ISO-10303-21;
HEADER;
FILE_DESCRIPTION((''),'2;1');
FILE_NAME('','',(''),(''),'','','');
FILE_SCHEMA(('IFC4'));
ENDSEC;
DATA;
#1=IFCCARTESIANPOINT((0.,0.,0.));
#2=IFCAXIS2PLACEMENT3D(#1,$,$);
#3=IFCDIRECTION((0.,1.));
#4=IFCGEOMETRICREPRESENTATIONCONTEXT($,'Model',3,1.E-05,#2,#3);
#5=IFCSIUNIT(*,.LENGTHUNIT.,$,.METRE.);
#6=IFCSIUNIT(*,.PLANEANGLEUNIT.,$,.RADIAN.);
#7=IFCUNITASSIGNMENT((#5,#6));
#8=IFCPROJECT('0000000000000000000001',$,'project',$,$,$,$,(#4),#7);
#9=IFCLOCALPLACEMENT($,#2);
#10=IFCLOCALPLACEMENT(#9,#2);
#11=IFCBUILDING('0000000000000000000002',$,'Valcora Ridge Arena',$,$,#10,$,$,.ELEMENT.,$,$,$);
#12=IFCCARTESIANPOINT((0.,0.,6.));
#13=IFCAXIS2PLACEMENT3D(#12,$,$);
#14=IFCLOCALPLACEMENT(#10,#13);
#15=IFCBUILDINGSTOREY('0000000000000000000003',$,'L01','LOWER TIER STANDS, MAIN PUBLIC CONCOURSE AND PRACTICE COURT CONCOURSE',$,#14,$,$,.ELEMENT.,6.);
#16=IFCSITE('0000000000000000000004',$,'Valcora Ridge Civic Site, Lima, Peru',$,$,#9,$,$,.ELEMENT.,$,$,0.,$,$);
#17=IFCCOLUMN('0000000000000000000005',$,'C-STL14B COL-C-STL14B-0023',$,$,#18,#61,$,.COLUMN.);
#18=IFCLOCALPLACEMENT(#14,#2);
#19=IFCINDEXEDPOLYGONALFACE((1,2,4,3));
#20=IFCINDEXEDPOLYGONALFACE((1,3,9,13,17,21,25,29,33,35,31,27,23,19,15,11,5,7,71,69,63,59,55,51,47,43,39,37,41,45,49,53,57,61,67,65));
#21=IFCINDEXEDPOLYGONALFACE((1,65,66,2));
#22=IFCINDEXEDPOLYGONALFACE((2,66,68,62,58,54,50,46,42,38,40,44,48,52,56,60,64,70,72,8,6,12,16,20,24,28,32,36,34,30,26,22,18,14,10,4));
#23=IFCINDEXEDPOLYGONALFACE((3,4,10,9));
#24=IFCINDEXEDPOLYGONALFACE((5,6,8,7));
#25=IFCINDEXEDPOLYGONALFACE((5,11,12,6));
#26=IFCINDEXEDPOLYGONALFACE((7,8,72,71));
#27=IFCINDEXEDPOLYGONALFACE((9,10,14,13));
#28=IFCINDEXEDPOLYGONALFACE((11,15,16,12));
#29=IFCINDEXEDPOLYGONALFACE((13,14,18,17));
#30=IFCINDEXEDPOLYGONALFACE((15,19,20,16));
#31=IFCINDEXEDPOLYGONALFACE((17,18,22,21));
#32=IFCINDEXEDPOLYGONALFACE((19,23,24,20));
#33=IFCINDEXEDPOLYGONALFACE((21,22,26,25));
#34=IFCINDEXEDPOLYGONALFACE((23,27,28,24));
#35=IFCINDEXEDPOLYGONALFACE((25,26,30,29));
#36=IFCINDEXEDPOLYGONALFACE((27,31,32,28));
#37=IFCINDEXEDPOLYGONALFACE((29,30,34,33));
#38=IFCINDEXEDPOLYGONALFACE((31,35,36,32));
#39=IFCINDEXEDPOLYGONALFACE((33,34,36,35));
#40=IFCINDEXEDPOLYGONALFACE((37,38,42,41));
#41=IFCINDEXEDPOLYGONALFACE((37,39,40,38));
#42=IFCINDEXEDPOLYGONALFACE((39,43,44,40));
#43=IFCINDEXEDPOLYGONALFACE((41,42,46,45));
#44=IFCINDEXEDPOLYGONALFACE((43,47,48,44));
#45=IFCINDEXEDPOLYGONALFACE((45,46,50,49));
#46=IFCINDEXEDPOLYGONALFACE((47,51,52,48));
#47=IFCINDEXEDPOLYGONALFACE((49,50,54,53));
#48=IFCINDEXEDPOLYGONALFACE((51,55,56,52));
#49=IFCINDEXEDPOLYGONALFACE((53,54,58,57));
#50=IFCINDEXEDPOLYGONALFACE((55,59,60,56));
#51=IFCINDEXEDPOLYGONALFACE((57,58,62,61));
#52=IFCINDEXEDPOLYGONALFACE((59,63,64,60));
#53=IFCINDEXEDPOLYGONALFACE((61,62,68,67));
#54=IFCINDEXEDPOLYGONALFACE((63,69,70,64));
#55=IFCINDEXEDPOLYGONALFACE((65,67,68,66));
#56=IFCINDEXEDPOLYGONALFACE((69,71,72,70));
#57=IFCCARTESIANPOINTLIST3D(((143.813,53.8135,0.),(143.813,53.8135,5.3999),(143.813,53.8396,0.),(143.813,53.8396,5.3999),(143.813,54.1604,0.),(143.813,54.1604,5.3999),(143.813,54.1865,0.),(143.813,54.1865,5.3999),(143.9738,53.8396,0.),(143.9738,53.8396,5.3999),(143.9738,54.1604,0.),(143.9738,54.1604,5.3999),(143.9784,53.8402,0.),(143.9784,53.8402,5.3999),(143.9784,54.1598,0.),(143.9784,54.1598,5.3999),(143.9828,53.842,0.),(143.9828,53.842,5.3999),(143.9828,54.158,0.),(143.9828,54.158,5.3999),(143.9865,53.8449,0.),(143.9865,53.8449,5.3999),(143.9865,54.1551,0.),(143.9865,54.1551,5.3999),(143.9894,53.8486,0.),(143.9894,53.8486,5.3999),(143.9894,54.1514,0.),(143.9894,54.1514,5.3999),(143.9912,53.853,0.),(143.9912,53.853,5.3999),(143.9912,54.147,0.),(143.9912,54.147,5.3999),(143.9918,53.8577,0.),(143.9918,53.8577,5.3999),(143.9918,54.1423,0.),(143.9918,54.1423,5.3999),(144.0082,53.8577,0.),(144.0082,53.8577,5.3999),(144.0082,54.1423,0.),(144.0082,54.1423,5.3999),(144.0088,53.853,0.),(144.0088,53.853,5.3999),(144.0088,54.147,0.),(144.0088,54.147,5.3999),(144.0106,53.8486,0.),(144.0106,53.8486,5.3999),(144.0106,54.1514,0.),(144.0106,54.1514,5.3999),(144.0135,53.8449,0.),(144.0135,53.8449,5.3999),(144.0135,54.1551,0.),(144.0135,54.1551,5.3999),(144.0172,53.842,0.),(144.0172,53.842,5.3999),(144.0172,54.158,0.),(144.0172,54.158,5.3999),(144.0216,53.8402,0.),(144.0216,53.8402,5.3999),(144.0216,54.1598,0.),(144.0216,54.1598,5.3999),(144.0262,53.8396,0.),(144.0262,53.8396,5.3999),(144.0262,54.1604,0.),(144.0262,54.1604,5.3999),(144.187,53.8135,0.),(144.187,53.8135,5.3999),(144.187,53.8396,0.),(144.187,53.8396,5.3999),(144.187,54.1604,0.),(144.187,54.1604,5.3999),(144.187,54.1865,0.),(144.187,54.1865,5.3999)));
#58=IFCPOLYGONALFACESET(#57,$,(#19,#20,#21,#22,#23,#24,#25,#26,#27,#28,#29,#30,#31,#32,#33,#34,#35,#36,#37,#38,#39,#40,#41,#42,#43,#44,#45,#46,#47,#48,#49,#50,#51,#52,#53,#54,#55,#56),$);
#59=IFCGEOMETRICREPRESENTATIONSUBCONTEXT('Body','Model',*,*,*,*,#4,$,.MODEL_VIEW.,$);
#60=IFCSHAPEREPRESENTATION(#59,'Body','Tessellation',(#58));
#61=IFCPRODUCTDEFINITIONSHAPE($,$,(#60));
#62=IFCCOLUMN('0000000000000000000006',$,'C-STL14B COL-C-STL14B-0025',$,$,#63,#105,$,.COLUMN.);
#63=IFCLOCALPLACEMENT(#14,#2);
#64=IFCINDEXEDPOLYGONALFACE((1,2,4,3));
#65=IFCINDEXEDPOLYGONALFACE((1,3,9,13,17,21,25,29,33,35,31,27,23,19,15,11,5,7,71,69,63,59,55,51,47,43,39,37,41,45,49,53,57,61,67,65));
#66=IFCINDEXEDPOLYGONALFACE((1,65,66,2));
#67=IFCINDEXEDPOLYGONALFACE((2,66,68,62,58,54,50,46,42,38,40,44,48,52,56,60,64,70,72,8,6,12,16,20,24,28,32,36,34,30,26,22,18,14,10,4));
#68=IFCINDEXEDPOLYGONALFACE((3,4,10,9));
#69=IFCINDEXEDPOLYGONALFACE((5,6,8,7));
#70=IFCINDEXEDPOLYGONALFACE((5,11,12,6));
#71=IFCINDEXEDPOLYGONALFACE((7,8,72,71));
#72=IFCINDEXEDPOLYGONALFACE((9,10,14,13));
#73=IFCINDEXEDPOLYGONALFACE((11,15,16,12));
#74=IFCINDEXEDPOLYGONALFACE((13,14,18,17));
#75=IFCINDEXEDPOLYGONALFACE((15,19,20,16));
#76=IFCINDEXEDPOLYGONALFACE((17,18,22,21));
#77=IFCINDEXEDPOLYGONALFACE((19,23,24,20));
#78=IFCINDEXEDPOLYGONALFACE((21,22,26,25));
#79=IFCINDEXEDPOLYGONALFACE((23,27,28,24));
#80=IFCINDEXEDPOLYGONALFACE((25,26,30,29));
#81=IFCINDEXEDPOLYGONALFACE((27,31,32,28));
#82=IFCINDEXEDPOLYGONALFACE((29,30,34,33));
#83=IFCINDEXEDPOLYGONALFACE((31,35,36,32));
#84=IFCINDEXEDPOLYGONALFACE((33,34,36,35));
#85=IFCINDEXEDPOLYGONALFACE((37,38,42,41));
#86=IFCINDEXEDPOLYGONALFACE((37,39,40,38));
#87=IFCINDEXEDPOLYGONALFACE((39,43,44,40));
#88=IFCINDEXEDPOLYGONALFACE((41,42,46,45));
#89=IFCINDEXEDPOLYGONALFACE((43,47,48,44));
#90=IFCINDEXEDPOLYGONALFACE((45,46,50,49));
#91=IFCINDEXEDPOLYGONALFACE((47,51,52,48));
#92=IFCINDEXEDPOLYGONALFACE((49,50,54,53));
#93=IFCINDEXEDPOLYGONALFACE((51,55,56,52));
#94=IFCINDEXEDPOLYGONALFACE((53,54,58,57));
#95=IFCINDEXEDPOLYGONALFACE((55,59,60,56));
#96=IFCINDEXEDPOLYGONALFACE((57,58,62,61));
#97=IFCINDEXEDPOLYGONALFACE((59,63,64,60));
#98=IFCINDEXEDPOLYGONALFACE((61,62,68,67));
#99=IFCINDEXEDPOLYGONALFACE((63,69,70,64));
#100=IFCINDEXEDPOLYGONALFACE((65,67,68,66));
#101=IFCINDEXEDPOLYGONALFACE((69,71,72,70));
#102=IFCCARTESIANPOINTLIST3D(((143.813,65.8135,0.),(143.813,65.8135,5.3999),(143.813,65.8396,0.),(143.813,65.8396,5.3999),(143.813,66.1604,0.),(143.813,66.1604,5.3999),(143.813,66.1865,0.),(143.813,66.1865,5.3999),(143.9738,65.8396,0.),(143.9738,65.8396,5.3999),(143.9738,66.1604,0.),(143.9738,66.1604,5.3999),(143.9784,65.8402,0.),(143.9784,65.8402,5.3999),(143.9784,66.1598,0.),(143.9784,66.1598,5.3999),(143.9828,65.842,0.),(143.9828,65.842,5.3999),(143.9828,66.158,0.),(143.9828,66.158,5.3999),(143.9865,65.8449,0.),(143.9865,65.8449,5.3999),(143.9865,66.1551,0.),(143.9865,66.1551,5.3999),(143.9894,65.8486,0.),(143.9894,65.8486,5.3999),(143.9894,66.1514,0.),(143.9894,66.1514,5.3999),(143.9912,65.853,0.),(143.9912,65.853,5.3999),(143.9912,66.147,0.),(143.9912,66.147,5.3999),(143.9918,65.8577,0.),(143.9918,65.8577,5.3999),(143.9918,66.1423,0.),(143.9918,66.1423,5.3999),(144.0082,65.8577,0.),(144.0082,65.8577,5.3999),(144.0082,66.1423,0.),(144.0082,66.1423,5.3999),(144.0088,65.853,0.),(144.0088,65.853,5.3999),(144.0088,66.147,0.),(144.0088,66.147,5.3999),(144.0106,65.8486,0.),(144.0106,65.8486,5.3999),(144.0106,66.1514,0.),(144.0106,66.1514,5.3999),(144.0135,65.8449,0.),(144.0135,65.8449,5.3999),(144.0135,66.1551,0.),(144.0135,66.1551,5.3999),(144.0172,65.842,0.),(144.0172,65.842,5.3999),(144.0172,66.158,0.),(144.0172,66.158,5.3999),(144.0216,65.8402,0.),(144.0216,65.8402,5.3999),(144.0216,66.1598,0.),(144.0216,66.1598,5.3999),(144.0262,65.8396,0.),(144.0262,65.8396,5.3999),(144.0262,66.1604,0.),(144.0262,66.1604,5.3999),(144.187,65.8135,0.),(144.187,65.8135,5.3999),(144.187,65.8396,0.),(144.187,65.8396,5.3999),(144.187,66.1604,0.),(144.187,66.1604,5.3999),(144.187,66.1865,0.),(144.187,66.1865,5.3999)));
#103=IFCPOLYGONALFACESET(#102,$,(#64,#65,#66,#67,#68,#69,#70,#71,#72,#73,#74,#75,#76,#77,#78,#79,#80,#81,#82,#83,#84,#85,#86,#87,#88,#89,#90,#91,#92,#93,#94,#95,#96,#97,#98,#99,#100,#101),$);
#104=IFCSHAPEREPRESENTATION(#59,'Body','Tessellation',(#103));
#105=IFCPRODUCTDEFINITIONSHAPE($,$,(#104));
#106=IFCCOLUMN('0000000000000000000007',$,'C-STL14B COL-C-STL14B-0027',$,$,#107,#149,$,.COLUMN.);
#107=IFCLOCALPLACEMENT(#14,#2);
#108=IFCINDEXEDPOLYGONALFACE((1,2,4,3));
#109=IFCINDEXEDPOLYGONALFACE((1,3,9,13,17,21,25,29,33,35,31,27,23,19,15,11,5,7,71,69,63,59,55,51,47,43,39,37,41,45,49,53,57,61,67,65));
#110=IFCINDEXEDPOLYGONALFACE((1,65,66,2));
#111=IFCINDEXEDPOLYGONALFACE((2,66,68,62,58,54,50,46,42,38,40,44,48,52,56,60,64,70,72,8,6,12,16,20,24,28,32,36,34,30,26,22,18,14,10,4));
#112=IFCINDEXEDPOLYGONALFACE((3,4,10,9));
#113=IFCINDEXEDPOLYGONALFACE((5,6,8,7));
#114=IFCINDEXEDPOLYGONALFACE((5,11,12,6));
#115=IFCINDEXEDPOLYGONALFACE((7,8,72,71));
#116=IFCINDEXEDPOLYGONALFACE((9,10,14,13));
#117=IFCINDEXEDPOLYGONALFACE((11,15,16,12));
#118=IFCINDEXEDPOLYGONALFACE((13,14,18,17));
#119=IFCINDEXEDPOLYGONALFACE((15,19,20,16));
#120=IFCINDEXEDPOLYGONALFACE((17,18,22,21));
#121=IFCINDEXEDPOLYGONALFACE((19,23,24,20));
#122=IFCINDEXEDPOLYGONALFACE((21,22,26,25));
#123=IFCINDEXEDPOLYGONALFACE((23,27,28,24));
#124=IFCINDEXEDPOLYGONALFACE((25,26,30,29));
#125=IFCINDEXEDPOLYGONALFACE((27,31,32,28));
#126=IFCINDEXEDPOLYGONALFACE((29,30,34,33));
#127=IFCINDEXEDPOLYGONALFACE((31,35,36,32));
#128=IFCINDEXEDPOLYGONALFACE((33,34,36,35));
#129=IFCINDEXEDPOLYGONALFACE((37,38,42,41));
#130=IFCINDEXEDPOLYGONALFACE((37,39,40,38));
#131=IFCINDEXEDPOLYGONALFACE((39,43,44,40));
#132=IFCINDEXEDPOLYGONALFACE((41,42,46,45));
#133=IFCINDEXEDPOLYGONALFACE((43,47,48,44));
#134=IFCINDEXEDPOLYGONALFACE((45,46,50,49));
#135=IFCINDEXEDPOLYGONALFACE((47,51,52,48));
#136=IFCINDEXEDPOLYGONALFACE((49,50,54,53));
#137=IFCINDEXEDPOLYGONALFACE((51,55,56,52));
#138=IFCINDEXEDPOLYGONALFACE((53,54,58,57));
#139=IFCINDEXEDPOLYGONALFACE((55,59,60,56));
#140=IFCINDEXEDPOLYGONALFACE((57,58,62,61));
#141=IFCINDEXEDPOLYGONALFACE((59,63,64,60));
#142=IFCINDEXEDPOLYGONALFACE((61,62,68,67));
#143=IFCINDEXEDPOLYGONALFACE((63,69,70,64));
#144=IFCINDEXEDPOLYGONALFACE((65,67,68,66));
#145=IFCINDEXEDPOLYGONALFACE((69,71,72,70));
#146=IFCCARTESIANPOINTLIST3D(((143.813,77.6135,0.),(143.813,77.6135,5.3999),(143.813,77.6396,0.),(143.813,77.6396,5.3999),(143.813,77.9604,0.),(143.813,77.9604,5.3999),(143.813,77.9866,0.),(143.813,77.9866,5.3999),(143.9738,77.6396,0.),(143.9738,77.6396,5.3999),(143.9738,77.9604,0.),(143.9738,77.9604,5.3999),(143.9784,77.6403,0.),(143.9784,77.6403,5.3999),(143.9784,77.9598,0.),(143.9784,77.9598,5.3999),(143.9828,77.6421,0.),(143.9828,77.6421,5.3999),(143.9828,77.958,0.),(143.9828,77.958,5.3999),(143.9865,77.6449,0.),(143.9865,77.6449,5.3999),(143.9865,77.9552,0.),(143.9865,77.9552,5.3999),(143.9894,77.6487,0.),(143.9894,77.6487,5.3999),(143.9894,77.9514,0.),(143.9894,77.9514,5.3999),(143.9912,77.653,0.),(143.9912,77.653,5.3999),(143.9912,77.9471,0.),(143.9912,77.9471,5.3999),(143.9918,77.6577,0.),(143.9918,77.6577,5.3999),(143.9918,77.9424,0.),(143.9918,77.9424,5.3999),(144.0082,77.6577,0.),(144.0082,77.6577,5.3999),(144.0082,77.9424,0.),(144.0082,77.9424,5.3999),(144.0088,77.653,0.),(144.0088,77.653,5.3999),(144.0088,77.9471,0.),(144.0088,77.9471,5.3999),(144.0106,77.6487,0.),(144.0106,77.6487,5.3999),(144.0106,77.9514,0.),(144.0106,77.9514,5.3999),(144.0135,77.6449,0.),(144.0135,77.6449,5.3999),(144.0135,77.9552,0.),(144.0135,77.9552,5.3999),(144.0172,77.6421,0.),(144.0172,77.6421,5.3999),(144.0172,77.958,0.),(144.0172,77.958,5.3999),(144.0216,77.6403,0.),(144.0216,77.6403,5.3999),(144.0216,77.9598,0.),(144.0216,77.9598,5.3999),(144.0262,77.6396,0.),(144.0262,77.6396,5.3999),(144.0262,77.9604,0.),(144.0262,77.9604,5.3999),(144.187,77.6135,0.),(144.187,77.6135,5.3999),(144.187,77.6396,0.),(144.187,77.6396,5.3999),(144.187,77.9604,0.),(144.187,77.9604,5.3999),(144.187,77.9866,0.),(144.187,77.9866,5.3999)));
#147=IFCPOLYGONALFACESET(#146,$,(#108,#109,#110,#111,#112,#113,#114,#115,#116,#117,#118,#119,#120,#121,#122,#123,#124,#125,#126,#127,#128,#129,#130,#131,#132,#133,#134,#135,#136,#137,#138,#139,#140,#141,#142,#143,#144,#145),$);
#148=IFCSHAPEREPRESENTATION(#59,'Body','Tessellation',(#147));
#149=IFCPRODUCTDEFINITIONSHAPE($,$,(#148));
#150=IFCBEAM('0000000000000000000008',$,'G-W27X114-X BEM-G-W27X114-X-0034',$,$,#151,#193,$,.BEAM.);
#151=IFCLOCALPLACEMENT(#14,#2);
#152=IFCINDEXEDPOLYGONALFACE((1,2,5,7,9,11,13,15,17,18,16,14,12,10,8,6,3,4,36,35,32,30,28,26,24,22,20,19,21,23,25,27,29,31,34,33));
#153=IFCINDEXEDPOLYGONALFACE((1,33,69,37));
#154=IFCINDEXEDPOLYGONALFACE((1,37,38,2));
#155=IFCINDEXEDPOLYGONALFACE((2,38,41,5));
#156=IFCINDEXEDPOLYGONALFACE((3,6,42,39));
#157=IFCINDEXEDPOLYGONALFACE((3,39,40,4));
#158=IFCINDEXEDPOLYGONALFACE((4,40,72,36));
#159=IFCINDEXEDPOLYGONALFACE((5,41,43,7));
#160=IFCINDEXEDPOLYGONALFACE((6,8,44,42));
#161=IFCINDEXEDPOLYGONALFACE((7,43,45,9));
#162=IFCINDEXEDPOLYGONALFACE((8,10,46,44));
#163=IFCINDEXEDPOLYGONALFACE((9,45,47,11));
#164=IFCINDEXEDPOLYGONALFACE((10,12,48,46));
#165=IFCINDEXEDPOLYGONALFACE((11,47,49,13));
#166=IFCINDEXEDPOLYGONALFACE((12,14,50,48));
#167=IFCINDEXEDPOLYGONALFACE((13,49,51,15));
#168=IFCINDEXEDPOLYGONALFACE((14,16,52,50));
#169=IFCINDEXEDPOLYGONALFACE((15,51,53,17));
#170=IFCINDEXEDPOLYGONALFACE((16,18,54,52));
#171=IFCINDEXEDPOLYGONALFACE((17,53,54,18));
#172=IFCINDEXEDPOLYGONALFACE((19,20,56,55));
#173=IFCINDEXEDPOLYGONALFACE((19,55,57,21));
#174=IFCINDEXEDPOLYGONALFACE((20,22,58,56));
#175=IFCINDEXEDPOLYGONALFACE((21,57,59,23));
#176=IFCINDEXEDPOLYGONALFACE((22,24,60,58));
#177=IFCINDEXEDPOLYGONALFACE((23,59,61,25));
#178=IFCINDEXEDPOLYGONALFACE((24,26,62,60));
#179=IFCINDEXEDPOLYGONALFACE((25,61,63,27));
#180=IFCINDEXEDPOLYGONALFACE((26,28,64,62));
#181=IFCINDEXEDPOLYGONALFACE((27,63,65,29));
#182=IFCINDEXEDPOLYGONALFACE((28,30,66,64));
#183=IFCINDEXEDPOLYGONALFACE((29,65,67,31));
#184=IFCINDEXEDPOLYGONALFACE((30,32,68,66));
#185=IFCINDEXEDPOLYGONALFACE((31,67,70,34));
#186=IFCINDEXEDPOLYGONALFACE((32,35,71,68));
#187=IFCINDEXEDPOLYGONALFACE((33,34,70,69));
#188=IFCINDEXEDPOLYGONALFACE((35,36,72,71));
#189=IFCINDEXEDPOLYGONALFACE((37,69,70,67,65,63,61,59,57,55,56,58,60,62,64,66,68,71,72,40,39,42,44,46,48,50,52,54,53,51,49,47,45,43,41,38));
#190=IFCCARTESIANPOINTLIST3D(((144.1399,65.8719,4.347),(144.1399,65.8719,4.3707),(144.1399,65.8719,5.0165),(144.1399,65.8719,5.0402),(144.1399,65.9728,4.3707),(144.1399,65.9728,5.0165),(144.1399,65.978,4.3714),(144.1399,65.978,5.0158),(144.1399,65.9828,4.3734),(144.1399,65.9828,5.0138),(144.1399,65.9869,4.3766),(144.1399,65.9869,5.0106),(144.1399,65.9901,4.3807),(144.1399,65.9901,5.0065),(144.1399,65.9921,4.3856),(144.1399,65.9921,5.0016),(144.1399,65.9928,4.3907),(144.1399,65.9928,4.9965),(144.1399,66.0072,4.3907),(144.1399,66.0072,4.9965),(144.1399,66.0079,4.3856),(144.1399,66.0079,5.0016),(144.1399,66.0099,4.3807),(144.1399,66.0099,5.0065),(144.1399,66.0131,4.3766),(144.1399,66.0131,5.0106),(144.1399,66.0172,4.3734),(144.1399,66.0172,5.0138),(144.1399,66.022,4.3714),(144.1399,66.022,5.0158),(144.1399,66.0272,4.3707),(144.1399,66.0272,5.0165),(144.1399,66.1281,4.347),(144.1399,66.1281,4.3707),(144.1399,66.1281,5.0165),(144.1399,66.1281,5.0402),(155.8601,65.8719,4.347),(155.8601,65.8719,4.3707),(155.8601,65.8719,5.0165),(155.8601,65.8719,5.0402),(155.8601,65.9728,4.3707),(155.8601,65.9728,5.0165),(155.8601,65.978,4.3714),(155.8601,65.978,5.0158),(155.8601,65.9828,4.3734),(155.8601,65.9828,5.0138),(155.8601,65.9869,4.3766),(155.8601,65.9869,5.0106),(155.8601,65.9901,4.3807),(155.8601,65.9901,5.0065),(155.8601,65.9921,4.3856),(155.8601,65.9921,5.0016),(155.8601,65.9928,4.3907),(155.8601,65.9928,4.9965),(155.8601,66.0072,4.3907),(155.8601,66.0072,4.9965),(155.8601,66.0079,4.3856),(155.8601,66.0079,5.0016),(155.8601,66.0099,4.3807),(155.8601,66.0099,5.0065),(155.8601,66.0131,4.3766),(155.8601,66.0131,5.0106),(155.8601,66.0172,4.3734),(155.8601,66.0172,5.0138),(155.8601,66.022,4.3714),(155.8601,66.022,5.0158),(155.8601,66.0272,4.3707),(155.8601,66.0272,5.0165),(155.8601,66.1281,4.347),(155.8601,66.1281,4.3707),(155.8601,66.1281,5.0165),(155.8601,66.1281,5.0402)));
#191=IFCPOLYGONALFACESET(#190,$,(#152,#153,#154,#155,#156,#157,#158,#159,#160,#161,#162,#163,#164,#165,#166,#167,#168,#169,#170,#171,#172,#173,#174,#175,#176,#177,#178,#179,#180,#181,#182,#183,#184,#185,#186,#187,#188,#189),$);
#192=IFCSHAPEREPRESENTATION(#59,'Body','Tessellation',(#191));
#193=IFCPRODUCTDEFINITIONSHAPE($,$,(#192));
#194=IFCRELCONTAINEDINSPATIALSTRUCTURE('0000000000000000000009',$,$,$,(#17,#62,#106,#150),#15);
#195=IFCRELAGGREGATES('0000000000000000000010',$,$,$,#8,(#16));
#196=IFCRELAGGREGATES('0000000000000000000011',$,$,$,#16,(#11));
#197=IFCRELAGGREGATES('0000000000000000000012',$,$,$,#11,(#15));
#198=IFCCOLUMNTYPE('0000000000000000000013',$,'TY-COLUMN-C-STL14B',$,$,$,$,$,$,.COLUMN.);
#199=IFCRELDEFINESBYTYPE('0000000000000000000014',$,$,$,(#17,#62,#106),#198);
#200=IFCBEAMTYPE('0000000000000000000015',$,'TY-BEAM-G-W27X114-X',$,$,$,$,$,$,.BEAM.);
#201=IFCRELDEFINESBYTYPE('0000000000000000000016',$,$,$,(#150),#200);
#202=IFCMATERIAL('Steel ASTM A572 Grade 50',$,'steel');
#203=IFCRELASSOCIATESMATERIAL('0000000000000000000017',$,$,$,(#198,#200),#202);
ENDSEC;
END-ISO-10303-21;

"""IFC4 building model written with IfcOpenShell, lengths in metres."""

from ifc_helpers import new_model, si_unit, direction, frame, origin, origin_2d, place, context, subcontext, project, spatial, i_section, extrude, material, material_profile, profile_set, type_object, element, save


model = new_model("IFC4")

# Units and contexts
model_context = context("Model", 3, precision=1e-05, world=origin(), true_north=direction((0.0, 1.0)))
body_context = subcontext(model_context, "Body", "Model", "MODEL_VIEW")
ifc_project = project(units=[si_unit("LENGTHUNIT", "METRE"), si_unit("PLANEANGLEUNIT", "RADIAN")], contexts=[model_context])

# Site, building, storey
site_placement = place(None, origin())
site = spatial("IfcSite", under=ifc_project, at=site_placement, Name="Valcora Ridge Civic Site, Lima, Peru", CompositionType="ELEMENT", RefElevation=0.0)
building_placement = place(site_placement, origin())
building = spatial("IfcBuilding", under=site, at=building_placement, Name="Valcora Ridge Arena", CompositionType="ELEMENT")
storey_placement = place(building_placement, frame((0.0, 0.0, 6.0)))
storey = spatial("IfcBuildingStorey", under=building, at=storey_placement, Name="L01", Description="LOWER TIER STANDS, MAIN PUBLIC CONCOURSE AND PRACTICE COURT CONCOURSE", CompositionType="ELEMENT", Elevation=6.0)

# Columns
ifc_material_1 = material(Name="Steel ASTM A572 Grade 50", Category="steel")
ifc_material_profile_1 = material_profile(ifc_material_1, i_section(OverallWidth=0.374, OverallDepth=0.373, WebThickness=0.0164, FlangeThickness=0.0261, FilletRadius=0.0181, at=origin_2d()), Name="W14X132")
ifc_profile_set_1 = profile_set([ifc_material_profile_1], Name="Steel ASTM A572 Grade 50")
column_type = type_object("IfcColumnType", Name="TY-COLUMN-C-STL14B", PredefinedType="COLUMN", material=ifc_profile_set_1)
for number, where, z_axis, x_axis, name in (
    (1, (144.0, 54.0, 0.0), (0.0, 0.0, 1.0), (1.0, 0.0, 0.0), "C-STL14B COL-C-STL14B-0023"),
    (2, (144.0, 66.0, 0.0), (0.0, 0.0, 1.0), (1.0, 0.0, 0.0), "C-STL14B COL-C-STL14B-0025"),
    (3, (144.0, 77.8, 0.0), (0.0, 0.0, 1.0), (1.0, 0.0, 0.0), "C-STL14B COL-C-STL14B-0027"),
):
    element("IfcColumn", number, at=place(storey_placement, frame(where, z_axis=z_axis, x_axis=x_axis)), inside=storey, type_object=column_type, Name=name, PredefinedType="COLUMN", context=body_context, shape_type="SweptSolid", body=[
        extrude(i_section(OverallWidth=0.374, OverallDepth=0.373, WebThickness=0.0164, FlangeThickness=0.0261, FilletRadius=0.0181, at=origin_2d()), origin(), (0.0, 0.0, 1.0), 5.3999),
    ])

# Beam
ifc_material_profile_2 = material_profile(ifc_material_1, i_section(OverallWidth=0.2561, OverallDepth=0.6931, WebThickness=0.0144, FlangeThickness=0.0237, FilletRadius=0.02, at=origin_2d()), Name="W27X114")
ifc_profile_set_2 = profile_set([ifc_material_profile_2], Name="Steel ASTM A572 Grade 50")
beam_type_1 = type_object("IfcBeamType", Name="TY-BEAM-G-W27X114-X", PredefinedType="BEAM", material=ifc_profile_set_2)
beam_1_placement = place(storey_placement, frame((144.1399, 66.0, 4.6936), z_axis=(1.0, 0.0, 0.0), x_axis=(0.0, 1.0, 0.0)))
element("IfcBeam", 4, at=beam_1_placement, inside=storey, type_object=beam_type_1, Name="G-W27X114-X BEM-G-W27X114-X-0034", PredefinedType="BEAM", context=body_context, shape_type="SweptSolid", body=[
    extrude(i_section(OverallWidth=0.2561, OverallDepth=0.6931, WebThickness=0.0144, FlangeThickness=0.0237, FilletRadius=0.02, at=origin_2d()), origin(), (0.0, 0.0, 1.0), 11.7202),
])

save(model, "model.ifc")
